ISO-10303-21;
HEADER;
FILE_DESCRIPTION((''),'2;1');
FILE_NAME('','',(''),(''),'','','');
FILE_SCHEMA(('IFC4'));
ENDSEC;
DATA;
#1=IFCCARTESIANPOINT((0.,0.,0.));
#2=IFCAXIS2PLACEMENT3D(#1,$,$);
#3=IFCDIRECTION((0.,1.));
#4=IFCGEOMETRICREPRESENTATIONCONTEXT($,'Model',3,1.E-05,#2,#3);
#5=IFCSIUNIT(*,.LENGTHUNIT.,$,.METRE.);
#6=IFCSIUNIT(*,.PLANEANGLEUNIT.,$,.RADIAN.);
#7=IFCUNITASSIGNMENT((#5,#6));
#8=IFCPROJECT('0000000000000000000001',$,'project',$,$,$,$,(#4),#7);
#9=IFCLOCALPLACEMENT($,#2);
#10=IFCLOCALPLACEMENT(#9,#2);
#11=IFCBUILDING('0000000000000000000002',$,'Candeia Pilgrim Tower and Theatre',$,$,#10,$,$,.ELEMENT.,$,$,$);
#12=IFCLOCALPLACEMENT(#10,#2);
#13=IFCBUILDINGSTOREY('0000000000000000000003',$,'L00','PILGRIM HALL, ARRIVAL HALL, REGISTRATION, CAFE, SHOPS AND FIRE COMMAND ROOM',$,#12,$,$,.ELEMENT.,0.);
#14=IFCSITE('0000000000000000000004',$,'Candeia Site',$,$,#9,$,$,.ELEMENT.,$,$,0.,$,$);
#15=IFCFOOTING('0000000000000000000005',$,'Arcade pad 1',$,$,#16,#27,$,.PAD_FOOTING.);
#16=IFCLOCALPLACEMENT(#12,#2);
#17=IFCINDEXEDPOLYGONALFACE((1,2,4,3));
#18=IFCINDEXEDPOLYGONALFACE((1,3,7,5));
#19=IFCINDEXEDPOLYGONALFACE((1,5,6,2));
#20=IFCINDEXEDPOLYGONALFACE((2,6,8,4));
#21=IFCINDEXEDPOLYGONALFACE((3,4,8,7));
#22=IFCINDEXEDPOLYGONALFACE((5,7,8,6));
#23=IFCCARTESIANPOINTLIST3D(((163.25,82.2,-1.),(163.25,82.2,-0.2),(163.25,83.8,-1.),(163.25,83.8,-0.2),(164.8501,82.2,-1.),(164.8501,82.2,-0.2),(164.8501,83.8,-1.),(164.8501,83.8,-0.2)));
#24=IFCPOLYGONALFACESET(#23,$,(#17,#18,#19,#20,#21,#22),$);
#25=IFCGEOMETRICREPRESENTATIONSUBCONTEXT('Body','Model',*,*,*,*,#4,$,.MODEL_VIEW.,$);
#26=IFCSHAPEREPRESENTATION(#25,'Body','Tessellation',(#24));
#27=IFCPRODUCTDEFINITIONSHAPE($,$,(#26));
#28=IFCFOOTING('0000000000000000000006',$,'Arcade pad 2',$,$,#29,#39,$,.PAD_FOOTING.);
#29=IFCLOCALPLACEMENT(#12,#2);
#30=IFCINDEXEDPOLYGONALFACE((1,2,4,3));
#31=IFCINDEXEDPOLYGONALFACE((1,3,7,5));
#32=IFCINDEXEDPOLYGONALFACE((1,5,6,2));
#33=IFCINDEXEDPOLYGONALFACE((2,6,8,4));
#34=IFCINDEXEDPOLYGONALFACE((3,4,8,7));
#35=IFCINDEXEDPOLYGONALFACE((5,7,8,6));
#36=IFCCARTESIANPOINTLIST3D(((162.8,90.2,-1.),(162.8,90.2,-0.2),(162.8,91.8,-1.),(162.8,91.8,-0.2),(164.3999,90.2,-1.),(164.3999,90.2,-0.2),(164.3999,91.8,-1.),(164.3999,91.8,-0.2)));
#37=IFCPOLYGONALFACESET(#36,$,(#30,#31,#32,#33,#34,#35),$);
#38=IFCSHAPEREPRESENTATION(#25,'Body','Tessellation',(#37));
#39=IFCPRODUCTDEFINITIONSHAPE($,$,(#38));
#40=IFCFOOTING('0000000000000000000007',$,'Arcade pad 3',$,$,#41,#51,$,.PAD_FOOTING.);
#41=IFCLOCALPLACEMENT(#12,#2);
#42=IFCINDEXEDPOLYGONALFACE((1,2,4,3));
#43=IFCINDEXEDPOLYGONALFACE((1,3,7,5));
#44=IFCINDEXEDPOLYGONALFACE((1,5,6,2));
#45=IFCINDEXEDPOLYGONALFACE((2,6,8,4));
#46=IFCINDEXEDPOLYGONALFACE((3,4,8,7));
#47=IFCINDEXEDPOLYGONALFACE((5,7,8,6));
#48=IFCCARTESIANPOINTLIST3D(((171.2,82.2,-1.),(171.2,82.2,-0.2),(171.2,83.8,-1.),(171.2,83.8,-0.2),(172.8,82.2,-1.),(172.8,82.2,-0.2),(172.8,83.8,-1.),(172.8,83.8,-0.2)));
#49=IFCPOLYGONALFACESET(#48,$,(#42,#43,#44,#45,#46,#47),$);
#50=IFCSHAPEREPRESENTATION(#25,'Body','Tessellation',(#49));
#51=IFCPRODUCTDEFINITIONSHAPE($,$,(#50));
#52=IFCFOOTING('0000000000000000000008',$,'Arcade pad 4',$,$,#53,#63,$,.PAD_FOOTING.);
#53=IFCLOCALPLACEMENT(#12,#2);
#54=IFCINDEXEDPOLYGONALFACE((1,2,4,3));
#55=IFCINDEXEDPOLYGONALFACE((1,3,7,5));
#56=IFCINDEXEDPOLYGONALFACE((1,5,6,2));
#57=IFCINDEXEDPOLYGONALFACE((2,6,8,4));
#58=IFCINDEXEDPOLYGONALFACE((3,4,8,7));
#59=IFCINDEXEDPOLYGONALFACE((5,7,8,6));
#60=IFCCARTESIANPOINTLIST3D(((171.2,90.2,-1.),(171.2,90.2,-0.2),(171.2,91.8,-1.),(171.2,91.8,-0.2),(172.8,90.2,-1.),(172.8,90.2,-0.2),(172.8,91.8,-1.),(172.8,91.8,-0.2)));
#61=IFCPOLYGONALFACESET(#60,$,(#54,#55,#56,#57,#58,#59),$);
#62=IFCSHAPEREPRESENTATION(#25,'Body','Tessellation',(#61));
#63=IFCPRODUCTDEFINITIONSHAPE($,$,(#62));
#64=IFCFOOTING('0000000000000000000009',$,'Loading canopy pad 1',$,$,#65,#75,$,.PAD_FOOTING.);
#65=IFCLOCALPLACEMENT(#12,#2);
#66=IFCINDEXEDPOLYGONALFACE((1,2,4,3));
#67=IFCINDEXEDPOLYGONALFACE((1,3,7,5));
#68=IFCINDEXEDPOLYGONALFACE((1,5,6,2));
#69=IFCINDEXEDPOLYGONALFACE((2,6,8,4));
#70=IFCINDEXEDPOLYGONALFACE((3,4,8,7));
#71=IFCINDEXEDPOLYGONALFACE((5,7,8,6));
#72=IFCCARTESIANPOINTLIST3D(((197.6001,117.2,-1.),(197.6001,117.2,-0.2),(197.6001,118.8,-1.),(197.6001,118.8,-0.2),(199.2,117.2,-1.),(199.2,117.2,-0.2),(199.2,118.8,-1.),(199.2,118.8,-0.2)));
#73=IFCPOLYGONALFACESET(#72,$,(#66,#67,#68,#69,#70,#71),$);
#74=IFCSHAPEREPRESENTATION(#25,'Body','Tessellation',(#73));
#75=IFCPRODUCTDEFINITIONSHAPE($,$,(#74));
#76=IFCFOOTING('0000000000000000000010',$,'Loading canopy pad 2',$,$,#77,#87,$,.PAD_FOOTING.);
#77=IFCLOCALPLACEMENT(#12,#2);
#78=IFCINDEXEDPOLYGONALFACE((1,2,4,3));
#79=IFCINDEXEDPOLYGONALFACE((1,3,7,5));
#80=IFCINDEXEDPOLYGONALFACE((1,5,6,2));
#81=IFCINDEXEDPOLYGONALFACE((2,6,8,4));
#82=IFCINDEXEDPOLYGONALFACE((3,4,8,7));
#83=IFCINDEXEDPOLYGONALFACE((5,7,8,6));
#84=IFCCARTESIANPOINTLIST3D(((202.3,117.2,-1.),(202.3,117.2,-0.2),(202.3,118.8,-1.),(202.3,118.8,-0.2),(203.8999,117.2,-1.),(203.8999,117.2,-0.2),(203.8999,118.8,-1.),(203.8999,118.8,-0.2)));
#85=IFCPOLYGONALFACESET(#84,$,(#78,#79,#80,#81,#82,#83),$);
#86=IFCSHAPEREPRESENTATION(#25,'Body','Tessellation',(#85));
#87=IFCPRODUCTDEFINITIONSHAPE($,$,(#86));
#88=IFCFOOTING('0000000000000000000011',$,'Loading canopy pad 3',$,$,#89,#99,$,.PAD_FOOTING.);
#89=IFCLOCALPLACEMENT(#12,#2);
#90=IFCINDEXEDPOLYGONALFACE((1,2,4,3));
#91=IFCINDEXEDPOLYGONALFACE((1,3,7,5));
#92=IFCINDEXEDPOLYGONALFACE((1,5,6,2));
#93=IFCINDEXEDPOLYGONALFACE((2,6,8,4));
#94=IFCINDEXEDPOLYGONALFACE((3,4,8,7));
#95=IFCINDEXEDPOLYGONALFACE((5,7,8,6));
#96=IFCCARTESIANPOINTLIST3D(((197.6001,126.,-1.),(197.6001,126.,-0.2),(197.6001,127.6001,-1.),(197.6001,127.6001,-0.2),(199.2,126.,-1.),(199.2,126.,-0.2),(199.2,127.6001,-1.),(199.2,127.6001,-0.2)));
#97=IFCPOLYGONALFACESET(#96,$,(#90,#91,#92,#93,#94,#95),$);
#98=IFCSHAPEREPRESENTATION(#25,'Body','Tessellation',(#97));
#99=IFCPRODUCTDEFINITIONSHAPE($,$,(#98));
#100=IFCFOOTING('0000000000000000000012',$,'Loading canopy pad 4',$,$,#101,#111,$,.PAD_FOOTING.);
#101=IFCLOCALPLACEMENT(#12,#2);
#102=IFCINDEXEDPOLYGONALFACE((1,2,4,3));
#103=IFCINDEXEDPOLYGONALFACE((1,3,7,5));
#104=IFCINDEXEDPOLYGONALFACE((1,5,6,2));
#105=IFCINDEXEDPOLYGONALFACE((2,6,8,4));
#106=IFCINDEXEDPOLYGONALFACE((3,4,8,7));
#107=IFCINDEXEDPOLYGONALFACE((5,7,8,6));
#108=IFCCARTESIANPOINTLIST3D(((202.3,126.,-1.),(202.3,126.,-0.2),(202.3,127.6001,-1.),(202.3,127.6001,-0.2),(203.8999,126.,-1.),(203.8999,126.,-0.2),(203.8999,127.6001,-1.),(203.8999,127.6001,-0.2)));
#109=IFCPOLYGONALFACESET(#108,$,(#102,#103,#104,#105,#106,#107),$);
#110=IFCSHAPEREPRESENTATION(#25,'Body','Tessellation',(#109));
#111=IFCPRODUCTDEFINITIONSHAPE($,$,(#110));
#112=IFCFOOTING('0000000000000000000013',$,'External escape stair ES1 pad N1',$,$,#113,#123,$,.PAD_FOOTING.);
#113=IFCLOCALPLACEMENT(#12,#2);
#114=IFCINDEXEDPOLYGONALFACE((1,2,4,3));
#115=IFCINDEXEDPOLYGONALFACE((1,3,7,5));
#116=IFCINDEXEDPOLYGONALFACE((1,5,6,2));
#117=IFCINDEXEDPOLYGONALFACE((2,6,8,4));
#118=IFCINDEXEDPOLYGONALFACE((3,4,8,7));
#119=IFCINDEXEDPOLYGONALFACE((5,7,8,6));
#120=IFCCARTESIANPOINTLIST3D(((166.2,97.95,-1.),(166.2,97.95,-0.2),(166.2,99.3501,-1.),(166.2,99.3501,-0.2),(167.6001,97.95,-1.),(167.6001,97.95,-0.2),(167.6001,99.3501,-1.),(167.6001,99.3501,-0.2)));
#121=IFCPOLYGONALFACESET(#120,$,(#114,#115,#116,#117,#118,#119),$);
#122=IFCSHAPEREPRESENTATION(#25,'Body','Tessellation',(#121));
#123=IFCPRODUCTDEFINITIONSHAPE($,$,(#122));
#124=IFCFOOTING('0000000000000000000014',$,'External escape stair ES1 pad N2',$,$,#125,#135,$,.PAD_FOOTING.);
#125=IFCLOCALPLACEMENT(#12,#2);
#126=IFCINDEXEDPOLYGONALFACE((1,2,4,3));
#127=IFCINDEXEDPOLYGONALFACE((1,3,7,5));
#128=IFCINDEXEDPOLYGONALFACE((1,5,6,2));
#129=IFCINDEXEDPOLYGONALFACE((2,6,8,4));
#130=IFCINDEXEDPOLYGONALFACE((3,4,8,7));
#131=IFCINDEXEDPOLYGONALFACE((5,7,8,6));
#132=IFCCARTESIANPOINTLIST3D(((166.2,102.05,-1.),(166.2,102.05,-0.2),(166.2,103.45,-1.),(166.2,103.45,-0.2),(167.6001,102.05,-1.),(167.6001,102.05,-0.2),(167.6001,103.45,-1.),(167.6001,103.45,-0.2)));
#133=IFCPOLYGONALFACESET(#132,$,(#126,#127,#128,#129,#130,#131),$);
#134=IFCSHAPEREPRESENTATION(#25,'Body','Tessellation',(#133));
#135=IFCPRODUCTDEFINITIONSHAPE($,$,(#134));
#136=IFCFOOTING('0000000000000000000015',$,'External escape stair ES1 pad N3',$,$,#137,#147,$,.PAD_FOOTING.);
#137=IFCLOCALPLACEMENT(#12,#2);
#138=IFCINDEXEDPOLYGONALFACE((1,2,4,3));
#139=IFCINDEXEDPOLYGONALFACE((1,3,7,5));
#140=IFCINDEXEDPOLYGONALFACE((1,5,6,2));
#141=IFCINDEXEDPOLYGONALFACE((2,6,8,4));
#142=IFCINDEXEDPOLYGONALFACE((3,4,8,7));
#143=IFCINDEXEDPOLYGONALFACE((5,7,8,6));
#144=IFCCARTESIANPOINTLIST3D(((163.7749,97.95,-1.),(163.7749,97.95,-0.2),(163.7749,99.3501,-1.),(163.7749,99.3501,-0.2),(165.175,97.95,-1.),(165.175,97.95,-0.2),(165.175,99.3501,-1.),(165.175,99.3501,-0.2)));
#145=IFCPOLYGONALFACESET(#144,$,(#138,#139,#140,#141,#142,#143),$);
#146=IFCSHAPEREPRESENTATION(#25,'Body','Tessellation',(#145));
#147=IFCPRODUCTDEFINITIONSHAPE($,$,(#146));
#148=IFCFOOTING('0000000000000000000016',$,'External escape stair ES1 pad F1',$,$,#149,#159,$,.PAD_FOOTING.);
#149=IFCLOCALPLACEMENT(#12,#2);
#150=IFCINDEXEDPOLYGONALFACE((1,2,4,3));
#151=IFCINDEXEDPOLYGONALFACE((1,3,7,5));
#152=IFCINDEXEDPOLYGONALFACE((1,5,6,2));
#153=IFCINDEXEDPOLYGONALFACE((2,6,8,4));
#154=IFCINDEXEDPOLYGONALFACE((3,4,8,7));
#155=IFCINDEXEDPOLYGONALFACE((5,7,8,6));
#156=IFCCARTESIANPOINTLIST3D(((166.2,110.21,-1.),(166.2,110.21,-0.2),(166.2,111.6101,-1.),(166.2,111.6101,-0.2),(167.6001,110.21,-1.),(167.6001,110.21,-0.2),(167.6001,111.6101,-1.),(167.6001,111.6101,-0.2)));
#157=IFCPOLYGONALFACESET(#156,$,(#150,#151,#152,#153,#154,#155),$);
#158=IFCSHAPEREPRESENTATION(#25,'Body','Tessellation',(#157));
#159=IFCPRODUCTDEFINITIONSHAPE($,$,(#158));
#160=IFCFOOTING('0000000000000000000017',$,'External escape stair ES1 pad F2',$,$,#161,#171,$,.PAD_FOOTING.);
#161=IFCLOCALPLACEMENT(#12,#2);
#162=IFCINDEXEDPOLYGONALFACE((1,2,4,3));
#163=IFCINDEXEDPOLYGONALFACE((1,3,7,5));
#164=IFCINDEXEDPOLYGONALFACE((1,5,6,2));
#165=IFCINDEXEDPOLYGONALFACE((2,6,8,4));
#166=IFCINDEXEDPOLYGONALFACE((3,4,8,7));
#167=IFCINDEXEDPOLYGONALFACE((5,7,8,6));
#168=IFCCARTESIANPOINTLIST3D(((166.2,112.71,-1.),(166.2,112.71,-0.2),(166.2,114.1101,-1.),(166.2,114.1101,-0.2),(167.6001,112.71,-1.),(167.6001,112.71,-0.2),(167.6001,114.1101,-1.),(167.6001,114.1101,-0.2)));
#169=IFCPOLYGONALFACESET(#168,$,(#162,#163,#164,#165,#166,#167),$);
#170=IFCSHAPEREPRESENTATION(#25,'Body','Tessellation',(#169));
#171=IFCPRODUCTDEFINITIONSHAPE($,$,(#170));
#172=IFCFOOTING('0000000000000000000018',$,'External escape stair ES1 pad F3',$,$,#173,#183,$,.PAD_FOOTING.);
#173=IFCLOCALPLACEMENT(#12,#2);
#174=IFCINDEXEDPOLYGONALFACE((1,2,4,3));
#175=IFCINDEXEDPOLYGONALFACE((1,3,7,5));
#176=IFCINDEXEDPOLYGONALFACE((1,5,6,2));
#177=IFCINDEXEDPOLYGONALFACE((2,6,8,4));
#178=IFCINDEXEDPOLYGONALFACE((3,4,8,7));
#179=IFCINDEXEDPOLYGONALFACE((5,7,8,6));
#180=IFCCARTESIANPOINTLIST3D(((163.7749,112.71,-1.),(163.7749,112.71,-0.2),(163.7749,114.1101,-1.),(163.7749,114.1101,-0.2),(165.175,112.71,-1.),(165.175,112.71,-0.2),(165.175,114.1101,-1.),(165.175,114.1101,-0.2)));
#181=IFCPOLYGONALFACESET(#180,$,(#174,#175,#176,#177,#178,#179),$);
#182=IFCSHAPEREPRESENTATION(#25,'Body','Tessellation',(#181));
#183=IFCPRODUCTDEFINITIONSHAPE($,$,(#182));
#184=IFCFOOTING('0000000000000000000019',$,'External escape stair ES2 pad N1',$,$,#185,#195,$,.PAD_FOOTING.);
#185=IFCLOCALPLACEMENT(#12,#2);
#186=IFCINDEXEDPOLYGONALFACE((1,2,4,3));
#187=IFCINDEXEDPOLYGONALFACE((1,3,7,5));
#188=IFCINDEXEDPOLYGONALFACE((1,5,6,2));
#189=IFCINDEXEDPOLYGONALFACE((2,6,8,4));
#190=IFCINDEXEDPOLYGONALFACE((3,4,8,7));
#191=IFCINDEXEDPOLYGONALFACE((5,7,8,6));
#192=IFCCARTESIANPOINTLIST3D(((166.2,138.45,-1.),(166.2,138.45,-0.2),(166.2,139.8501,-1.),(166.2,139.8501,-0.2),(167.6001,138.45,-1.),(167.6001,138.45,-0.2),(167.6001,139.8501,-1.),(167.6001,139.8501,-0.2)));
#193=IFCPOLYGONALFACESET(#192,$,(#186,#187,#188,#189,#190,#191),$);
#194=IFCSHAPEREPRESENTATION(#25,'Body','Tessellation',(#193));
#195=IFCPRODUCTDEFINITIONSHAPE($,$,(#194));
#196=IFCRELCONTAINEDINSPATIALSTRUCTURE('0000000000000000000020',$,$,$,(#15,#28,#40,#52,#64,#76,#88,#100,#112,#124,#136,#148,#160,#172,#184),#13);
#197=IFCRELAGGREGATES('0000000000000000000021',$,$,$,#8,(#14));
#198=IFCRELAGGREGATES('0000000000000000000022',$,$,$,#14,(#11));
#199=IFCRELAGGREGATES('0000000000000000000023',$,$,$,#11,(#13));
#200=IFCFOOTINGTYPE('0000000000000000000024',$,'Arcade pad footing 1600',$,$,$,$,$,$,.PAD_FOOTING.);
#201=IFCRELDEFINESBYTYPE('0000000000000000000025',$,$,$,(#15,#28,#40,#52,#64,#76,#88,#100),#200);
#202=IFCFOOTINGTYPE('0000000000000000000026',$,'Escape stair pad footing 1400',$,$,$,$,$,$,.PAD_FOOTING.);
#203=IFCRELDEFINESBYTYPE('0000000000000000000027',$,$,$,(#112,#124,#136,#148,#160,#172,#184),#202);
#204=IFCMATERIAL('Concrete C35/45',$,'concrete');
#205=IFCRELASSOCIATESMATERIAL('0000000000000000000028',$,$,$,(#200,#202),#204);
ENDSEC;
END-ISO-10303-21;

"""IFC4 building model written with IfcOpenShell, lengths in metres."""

from ifc_helpers import new_model, si_unit, direction, frame, origin, place, context, subcontext, project, spatial, polyline, outline, extrude, material, type_object, element, save


model = new_model("IFC4")

# Units and contexts
model_context = context("Model", 3, precision=1e-05, world=origin(), true_north=direction((0.0, 1.0)))
body_context = subcontext(model_context, "Body", "Model", "MODEL_VIEW")
ifc_project = project(units=[si_unit("LENGTHUNIT", "METRE"), si_unit("PLANEANGLEUNIT", "RADIAN")], contexts=[model_context])

# Site, building, storey
site_placement = place(None, origin())
site = spatial("IfcSite", under=ifc_project, at=site_placement, Name="Candeia Site", CompositionType="ELEMENT", RefElevation=0.0)
building_placement = place(site_placement, origin())
building = spatial("IfcBuilding", under=site, at=building_placement, Name="Candeia Pilgrim Tower and Theatre", CompositionType="ELEMENT")
storey_placement = place(building_placement, origin())
storey = spatial("IfcBuildingStorey", under=building, at=storey_placement, Name="L00", Description="PILGRIM HALL, ARRIVAL HALL, REGISTRATION, CAFE, SHOPS AND FIRE COMMAND ROOM", CompositionType="ELEMENT", Elevation=0.0)

# Footings
ifc_material = material(Name="Concrete C35/45", Category="concrete")
footing_type_1 = type_object("IfcFootingType", Name="Arcade pad footing 1600", PredefinedType="PAD_FOOTING", material=ifc_material)
footing_1_placement = place(storey_placement, frame((0.0, 0.0, -1.0)))
element("IfcFooting", 1, at=footing_1_placement, inside=storey, type_object=footing_type_1, Name="Arcade pad 1", PredefinedType="PAD_FOOTING", context=body_context, shape_type="SweptSolid", body=[
    extrude(outline(polyline([(163.25, 82.2), (164.8501, 82.2), (164.8501, 83.8), (163.25, 83.8), (163.25, 82.2)])), origin(), (0.0, 0.0, 1.0), 0.8),
])
footing_2_placement = place(storey_placement, frame((0.0, 0.0, -1.0)))
element("IfcFooting", 2, at=footing_2_placement, inside=storey, type_object=footing_type_1, Name="Arcade pad 2", PredefinedType="PAD_FOOTING", context=body_context, shape_type="SweptSolid", body=[
    extrude(outline(polyline([(162.8, 90.2), (164.3999, 90.2), (164.3999, 91.8), (162.8, 91.8), (162.8, 90.2)])), origin(), (0.0, 0.0, 1.0), 0.8),
])
footing_3_placement = place(storey_placement, frame((0.0, 0.0, -1.0)))
element("IfcFooting", 3, at=footing_3_placement, inside=storey, type_object=footing_type_1, Name="Arcade pad 3", PredefinedType="PAD_FOOTING", context=body_context, shape_type="SweptSolid", body=[
    extrude(outline(polyline([(171.2, 82.2), (172.8, 82.2), (172.8, 83.8), (171.2, 83.8), (171.2, 82.2)])), origin(), (0.0, 0.0, 1.0), 0.8),
])
footing_4_placement = place(storey_placement, frame((0.0, 0.0, -1.0)))
element("IfcFooting", 4, at=footing_4_placement, inside=storey, type_object=footing_type_1, Name="Arcade pad 4", PredefinedType="PAD_FOOTING", context=body_context, shape_type="SweptSolid", body=[
    extrude(outline(polyline([(171.2, 90.2), (172.8, 90.2), (172.8, 91.8), (171.2, 91.8), (171.2, 90.2)])), origin(), (0.0, 0.0, 1.0), 0.8),
])
footing_5_placement = place(storey_placement, frame((0.0, 0.0, -1.0)))
element("IfcFooting", 5, at=footing_5_placement, inside=storey, type_object=footing_type_1, Name="Loading canopy pad 1", PredefinedType="PAD_FOOTING", context=body_context, shape_type="SweptSolid", body=[
    extrude(outline(polyline([(197.6001, 117.2), (199.2, 117.2), (199.2, 118.8), (197.6001, 118.8), (197.6001, 117.2)])), origin(), (0.0, 0.0, 1.0), 0.8),
])
footing_6_placement = place(storey_placement, frame((0.0, 0.0, -1.0)))
element("IfcFooting", 6, at=footing_6_placement, inside=storey, type_object=footing_type_1, Name="Loading canopy pad 2", PredefinedType="PAD_FOOTING", context=body_context, shape_type="SweptSolid", body=[
    extrude(outline(polyline([(202.3, 117.2), (203.8999, 117.2), (203.8999, 118.8), (202.3, 118.8), (202.3, 117.2)])), origin(), (0.0, 0.0, 1.0), 0.8),
])
footing_7_placement = place(storey_placement, frame((0.0, 0.0, -1.0)))
element("IfcFooting", 7, at=footing_7_placement, inside=storey, type_object=footing_type_1, Name="Loading canopy pad 3", PredefinedType="PAD_FOOTING", context=body_context, shape_type="SweptSolid", body=[
    extrude(outline(polyline([(197.6001, 126.0), (199.2, 126.0), (199.2, 127.6001), (197.6001, 127.6001), (197.6001, 126.0)])), origin(), (0.0, 0.0, 1.0), 0.8),
])
footing_8_placement = place(storey_placement, frame((0.0, 0.0, -1.0)))
element("IfcFooting", 8, at=footing_8_placement, inside=storey, type_object=footing_type_1, Name="Loading canopy pad 4", PredefinedType="PAD_FOOTING", context=body_context, shape_type="SweptSolid", body=[
    extrude(outline(polyline([(202.3, 126.0), (203.8999, 126.0), (203.8999, 127.6001), (202.3, 127.6001), (202.3, 126.0)])), origin(), (0.0, 0.0, 1.0), 0.8),
])
footing_type_2 = type_object("IfcFootingType", Name="Escape stair pad footing 1400", PredefinedType="PAD_FOOTING", material=ifc_material)
footing_9_placement = place(storey_placement, frame((0.0, 0.0, -1.0)))
element("IfcFooting", 9, at=footing_9_placement, inside=storey, type_object=footing_type_2, Name="External escape stair ES1 pad N1", PredefinedType="PAD_FOOTING", context=body_context, shape_type="SweptSolid", body=[
    extrude(outline(polyline([(166.2, 97.95), (167.6001, 97.95), (167.6001, 99.3501), (166.2, 99.3501), (166.2, 97.95)])), origin(), (0.0, 0.0, 1.0), 0.8),
])
footing_10_placement = place(storey_placement, frame((0.0, 0.0, -1.0)))
element("IfcFooting", 10, at=footing_10_placement, inside=storey, type_object=footing_type_2, Name="External escape stair ES1 pad N2", PredefinedType="PAD_FOOTING", context=body_context, shape_type="SweptSolid", body=[
    extrude(outline(polyline([(166.2, 102.05), (167.6001, 102.05), (167.6001, 103.45), (166.2, 103.45), (166.2, 102.05)])), origin(), (0.0, 0.0, 1.0), 0.8),
])
footing_11_placement = place(storey_placement, frame((0.0, 0.0, -1.0)))
element("IfcFooting", 11, at=footing_11_placement, inside=storey, type_object=footing_type_2, Name="External escape stair ES1 pad N3", PredefinedType="PAD_FOOTING", context=body_context, shape_type="SweptSolid", body=[
    extrude(outline(polyline([(163.7749, 97.95), (165.175, 97.95), (165.175, 99.3501), (163.7749, 99.3501), (163.7749, 97.95)])), origin(), (0.0, 0.0, 1.0), 0.8),
])
footing_12_placement = place(storey_placement, frame((0.0, 0.0, -1.0)))
element("IfcFooting", 12, at=footing_12_placement, inside=storey, type_object=footing_type_2, Name="External escape stair ES1 pad F1", PredefinedType="PAD_FOOTING", context=body_context, shape_type="SweptSolid", body=[
    extrude(outline(polyline([(166.2, 110.21), (167.6001, 110.21), (167.6001, 111.6101), (166.2, 111.6101), (166.2, 110.21)])), origin(), (0.0, 0.0, 1.0), 0.8),
])
footing_13_placement = place(storey_placement, frame((0.0, 0.0, -1.0)))
element("IfcFooting", 13, at=footing_13_placement, inside=storey, type_object=footing_type_2, Name="External escape stair ES1 pad F2", PredefinedType="PAD_FOOTING", context=body_context, shape_type="SweptSolid", body=[
    extrude(outline(polyline([(166.2, 112.71), (167.6001, 112.71), (167.6001, 114.1101), (166.2, 114.1101), (166.2, 112.71)])), origin(), (0.0, 0.0, 1.0), 0.8),
])
footing_14_placement = place(storey_placement, frame((0.0, 0.0, -1.0)))
element("IfcFooting", 14, at=footing_14_placement, inside=storey, type_object=footing_type_2, Name="External escape stair ES1 pad F3", PredefinedType="PAD_FOOTING", context=body_context, shape_type="SweptSolid", body=[
    extrude(outline(polyline([(163.7749, 112.71), (165.175, 112.71), (165.175, 114.1101), (163.7749, 114.1101), (163.7749, 112.71)])), origin(), (0.0, 0.0, 1.0), 0.8),
])
footing_15_placement = place(storey_placement, frame((0.0, 0.0, -1.0)))
element("IfcFooting", 15, at=footing_15_placement, inside=storey, type_object=footing_type_2, Name="External escape stair ES2 pad N1", PredefinedType="PAD_FOOTING", context=body_context, shape_type="SweptSolid", body=[
    extrude(outline(polyline([(166.2, 138.45), (167.6001, 138.45), (167.6001, 139.8501), (166.2, 139.8501), (166.2, 138.45)])), origin(), (0.0, 0.0, 1.0), 0.8),
])

save(model, "model.ifc")
